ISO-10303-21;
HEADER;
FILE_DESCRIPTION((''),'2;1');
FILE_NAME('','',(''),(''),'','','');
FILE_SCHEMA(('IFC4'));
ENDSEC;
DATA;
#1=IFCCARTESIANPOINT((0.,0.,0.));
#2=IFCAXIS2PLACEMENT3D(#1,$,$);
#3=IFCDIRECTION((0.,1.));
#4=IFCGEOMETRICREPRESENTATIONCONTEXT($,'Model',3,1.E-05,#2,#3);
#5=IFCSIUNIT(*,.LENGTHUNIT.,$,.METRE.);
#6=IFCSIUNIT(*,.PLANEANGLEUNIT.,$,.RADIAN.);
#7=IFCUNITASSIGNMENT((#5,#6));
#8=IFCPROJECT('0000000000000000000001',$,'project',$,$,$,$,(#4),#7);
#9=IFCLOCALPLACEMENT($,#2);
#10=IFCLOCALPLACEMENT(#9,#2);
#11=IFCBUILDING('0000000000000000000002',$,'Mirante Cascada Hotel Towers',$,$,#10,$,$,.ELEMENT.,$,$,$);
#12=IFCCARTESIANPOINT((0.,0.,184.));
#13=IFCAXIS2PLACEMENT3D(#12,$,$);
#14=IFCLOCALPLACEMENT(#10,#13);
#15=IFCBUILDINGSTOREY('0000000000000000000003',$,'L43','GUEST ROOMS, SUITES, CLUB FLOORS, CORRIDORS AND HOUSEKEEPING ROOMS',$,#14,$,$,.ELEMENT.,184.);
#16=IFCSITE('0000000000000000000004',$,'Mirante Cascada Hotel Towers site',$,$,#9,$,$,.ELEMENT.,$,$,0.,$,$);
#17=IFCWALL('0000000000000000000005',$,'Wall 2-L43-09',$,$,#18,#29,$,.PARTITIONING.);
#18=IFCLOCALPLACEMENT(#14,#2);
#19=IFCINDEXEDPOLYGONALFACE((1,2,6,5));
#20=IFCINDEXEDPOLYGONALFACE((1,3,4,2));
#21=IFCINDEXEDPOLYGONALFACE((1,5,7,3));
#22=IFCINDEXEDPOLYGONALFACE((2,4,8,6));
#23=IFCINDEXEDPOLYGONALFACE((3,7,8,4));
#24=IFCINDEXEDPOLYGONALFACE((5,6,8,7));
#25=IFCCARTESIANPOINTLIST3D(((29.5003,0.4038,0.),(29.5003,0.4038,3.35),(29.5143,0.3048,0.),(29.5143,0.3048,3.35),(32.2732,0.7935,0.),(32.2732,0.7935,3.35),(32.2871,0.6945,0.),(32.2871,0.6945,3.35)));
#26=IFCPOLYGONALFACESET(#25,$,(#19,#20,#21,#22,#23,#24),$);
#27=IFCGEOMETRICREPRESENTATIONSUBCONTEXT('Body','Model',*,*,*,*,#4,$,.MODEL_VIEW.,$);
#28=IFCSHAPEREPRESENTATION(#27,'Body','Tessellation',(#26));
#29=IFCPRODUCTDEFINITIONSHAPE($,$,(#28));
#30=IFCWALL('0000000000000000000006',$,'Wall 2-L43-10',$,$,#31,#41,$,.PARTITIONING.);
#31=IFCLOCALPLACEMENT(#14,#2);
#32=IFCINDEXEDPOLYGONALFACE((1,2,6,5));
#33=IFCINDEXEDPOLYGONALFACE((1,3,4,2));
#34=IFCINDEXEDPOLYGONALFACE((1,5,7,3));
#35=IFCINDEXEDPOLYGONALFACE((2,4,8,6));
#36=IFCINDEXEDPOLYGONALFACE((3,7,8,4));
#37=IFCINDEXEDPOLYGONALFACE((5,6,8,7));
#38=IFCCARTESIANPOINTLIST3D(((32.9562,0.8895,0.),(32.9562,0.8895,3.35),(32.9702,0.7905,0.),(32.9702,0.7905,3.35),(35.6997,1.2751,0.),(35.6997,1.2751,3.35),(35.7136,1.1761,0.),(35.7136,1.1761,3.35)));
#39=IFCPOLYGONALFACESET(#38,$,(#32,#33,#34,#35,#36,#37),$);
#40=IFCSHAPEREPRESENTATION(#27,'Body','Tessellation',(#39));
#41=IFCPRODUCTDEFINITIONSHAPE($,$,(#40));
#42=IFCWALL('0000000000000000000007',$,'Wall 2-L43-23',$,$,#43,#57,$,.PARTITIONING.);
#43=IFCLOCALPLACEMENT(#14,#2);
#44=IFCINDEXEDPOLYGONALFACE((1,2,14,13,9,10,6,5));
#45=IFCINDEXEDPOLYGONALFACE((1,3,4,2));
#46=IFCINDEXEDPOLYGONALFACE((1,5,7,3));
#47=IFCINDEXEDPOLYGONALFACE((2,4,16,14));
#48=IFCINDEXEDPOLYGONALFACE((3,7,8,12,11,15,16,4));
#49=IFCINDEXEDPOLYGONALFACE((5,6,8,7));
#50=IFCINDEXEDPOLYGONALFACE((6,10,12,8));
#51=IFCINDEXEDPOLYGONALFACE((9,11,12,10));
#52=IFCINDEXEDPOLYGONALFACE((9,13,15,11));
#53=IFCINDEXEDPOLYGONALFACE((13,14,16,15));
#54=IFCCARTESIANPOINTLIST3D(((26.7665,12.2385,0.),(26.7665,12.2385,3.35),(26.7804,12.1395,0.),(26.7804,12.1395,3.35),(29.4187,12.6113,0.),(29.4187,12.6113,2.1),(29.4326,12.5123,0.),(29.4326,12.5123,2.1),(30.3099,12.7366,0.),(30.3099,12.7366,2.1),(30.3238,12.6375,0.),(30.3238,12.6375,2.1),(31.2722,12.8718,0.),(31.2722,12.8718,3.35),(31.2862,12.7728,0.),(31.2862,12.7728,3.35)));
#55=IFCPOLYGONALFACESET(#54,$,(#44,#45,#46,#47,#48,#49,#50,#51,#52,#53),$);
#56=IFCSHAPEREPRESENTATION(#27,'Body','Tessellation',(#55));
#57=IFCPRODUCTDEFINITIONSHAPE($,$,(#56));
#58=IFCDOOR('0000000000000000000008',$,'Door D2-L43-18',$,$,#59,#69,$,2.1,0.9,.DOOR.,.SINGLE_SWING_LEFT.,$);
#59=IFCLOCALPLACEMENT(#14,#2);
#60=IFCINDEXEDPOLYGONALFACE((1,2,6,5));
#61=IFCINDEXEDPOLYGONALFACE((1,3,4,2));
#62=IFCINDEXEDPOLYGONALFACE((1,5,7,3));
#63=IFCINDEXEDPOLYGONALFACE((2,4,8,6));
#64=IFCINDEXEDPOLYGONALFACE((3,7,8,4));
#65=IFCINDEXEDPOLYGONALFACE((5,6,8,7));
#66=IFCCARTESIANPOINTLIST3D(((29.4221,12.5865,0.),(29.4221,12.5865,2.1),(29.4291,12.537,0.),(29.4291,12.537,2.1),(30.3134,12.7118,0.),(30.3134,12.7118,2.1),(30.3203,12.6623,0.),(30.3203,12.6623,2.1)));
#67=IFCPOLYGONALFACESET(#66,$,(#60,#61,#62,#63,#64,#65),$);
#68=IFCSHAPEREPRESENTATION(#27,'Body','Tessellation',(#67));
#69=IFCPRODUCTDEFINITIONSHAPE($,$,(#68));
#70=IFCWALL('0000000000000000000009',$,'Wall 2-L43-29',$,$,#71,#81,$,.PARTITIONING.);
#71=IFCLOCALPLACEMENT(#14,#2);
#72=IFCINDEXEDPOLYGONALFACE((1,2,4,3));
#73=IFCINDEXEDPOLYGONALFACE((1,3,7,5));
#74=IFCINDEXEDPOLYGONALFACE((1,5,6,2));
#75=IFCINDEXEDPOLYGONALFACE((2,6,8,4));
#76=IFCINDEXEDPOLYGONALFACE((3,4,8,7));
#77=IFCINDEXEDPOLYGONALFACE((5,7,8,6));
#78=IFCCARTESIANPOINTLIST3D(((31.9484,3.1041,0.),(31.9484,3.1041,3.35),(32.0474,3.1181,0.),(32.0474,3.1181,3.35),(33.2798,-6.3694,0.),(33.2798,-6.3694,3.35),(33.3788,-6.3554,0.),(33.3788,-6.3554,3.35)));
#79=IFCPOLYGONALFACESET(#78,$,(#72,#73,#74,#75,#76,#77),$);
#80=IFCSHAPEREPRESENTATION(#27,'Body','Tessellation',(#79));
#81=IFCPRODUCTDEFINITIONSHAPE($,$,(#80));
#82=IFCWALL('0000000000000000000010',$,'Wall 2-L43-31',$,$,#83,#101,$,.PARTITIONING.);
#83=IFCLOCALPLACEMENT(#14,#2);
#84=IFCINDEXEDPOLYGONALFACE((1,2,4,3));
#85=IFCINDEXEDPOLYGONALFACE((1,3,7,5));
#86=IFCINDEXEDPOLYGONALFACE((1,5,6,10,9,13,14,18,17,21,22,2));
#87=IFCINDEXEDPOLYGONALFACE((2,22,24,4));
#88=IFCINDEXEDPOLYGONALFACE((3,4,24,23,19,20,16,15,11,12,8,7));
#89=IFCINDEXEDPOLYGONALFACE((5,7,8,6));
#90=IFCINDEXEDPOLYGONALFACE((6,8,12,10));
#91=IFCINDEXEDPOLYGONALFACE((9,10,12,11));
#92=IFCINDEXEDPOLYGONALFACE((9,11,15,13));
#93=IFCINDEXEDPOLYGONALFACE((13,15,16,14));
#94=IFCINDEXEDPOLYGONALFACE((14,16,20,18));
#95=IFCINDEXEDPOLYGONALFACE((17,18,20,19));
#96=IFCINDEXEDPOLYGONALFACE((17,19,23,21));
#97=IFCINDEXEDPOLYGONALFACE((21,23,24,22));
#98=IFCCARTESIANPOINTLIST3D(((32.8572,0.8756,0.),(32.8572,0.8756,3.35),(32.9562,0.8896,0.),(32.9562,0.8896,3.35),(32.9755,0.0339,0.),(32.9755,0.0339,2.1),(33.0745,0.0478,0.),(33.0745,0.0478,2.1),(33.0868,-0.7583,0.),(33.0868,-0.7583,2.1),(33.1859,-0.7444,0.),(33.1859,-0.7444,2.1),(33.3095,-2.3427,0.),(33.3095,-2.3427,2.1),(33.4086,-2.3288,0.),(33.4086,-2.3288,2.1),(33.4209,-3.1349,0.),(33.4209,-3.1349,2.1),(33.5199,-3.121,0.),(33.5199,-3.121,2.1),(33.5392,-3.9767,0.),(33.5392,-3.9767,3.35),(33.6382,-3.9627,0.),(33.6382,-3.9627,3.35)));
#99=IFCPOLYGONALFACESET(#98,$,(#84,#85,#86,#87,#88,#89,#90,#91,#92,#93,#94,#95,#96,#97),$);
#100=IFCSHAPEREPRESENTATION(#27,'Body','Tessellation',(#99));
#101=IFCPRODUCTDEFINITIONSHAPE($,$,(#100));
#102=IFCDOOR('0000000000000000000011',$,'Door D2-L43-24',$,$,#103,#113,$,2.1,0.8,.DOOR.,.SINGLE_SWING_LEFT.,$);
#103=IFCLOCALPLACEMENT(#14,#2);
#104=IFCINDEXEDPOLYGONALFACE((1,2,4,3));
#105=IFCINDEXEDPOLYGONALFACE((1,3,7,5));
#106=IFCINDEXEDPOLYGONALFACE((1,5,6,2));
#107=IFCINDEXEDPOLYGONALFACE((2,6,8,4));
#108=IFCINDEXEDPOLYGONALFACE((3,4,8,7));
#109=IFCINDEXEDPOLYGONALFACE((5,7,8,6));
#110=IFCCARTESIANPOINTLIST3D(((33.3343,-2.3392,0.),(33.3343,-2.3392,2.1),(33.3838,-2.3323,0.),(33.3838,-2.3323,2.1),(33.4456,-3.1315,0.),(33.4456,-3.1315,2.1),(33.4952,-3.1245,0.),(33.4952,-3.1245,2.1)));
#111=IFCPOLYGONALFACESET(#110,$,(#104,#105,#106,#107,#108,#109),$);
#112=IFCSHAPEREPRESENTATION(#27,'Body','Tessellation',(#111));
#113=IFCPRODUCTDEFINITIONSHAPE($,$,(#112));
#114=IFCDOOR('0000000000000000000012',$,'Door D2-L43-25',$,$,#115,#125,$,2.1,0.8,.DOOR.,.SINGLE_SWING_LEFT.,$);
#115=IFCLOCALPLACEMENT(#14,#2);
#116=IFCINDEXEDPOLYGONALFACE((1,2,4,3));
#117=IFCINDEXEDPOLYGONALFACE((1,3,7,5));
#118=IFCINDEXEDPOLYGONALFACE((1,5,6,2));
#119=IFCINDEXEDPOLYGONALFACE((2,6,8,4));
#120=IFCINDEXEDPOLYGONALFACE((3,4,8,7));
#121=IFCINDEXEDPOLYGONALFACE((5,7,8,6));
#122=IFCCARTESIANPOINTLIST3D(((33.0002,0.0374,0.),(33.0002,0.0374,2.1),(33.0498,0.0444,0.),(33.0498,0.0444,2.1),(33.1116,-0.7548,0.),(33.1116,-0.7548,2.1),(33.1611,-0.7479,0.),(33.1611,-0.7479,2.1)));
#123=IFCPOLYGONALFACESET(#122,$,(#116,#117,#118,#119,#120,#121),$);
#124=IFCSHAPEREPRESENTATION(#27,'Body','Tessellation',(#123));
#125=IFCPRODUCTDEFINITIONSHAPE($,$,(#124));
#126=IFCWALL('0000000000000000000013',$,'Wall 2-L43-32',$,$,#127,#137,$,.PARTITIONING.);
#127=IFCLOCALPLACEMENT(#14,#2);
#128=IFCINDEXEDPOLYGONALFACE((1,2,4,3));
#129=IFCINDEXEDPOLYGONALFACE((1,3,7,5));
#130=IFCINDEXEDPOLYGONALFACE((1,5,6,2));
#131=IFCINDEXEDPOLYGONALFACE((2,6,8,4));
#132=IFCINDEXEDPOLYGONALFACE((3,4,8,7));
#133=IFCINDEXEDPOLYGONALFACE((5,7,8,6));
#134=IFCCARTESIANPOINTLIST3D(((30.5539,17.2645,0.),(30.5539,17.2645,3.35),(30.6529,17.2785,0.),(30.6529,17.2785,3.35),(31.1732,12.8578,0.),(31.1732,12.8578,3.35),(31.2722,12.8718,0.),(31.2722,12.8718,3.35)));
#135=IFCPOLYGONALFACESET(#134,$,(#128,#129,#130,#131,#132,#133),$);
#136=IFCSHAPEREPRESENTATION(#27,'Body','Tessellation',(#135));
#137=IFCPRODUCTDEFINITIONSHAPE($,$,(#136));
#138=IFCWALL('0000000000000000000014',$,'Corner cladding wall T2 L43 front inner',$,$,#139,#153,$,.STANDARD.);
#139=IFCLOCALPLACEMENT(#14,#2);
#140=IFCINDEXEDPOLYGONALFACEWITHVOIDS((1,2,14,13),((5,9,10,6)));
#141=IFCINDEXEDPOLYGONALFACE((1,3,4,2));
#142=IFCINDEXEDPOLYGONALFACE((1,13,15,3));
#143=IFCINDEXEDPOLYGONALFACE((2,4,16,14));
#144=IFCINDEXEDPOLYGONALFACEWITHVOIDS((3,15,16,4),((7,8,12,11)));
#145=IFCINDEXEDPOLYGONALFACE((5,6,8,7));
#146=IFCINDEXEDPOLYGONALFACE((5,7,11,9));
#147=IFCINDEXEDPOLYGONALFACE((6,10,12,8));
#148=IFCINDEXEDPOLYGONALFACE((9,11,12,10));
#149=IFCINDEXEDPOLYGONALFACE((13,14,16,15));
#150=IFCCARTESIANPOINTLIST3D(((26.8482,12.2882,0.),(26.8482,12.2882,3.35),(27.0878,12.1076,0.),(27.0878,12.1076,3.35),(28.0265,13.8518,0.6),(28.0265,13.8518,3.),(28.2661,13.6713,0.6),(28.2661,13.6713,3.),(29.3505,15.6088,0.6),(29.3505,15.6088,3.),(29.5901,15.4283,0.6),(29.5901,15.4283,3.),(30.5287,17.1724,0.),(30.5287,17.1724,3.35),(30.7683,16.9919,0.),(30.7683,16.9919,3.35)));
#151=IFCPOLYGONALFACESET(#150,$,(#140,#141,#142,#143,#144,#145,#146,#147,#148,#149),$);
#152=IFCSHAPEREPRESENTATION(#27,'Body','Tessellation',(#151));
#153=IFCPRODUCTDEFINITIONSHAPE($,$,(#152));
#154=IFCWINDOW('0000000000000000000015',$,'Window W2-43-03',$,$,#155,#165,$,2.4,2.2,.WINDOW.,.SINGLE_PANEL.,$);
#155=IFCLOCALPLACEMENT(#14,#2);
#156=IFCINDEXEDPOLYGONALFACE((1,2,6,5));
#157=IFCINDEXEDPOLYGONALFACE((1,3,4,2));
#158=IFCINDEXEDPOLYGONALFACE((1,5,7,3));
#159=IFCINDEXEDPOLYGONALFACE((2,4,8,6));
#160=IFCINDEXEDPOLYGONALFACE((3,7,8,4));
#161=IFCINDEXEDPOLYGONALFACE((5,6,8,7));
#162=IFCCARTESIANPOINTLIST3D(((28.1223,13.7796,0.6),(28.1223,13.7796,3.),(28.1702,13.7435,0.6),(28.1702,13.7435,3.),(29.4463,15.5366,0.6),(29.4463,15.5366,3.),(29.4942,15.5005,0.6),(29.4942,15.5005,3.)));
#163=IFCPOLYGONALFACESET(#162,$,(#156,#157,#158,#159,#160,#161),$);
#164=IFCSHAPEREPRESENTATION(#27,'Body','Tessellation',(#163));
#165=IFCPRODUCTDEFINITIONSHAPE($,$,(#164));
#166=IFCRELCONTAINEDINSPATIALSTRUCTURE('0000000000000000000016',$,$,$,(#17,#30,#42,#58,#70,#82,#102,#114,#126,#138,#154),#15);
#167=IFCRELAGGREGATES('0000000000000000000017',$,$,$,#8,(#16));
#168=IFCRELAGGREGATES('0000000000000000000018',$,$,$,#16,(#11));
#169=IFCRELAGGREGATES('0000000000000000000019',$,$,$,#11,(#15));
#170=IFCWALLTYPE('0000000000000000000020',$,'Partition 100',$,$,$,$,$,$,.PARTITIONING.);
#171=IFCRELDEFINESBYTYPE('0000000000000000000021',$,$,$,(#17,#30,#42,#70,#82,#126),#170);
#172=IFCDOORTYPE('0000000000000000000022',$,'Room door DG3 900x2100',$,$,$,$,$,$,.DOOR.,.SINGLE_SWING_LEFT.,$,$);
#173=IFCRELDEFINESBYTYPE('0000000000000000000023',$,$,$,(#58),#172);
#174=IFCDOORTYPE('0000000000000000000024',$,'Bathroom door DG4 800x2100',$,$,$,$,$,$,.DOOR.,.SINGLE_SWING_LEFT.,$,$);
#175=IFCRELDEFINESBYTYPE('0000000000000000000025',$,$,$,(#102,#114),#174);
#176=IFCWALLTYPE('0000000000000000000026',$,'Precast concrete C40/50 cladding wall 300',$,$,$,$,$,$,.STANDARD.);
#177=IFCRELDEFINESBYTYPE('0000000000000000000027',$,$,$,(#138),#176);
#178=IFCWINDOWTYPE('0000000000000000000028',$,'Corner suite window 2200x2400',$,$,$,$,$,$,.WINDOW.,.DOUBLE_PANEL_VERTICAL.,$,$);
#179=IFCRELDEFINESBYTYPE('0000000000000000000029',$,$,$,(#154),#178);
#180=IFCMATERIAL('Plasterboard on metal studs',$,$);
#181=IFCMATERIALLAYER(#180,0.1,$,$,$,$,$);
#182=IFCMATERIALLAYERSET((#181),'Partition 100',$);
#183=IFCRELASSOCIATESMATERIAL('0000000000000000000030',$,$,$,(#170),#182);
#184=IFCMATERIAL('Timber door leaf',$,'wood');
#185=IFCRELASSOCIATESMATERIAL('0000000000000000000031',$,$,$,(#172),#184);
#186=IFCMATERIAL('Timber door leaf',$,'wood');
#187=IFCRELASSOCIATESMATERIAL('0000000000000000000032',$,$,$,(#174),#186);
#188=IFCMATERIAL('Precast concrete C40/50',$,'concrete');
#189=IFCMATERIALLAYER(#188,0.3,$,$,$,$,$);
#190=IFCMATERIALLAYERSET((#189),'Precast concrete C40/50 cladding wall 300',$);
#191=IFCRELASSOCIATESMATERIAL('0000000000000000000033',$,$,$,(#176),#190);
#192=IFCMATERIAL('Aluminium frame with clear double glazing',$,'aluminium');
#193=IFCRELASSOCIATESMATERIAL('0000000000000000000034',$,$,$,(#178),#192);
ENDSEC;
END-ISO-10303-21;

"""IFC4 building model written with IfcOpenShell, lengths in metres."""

from ifc_helpers import new_model, si_unit, direction, frame, frame_2d, origin, place, context, subcontext, project, spatial, rectangle, extrude, material, layer, layer_set, type_object, element, fill, save


model = new_model("IFC4")

# Units and contexts
model_context = context("Model", 3, precision=1e-05, world=origin(), true_north=direction((0.0, 1.0)))
body_context = subcontext(model_context, "Body", "Model", "MODEL_VIEW")
ifc_project = project(units=[si_unit("LENGTHUNIT", "METRE"), si_unit("PLANEANGLEUNIT", "RADIAN")], contexts=[model_context])

# Site, building, storey
site_placement = place(None, origin())
site = spatial("IfcSite", under=ifc_project, at=site_placement, Name="Mirante Cascada Hotel Towers site", CompositionType="ELEMENT", RefElevation=0.0)
building_placement = place(site_placement, origin())
building = spatial("IfcBuilding", under=site, at=building_placement, Name="Mirante Cascada Hotel Towers", CompositionType="ELEMENT")
storey_placement = place(building_placement, frame((0.0, 0.0, 184.0)))
storey = spatial("IfcBuildingStorey", under=building, at=storey_placement, Name="L43", Description="GUEST ROOMS, SUITES, CLUB FLOORS, CORRIDORS AND HOUSEKEEPING ROOMS", CompositionType="ELEMENT", Elevation=184.0)

# Walls
ifc_material_1 = material(Name="Plasterboard on metal studs")
ifc_layer_1 = layer(ifc_material_1, 0.1)
ifc_layer_set_1 = layer_set([ifc_layer_1], Name="Partition 100")
wall_type_1 = type_object("IfcWallType", Name="Partition 100", PredefinedType="PARTITIONING", material=ifc_layer_set_1)
wall_1_placement = place(storey_placement, frame((32.2801, 0.744, 0.0), z_axis=(0.0, 0.0, 1.0), x_axis=(-0.990268, -0.139176, 0.0)))
element("IfcWall", 1, at=wall_1_placement, inside=storey, type_object=wall_type_1, Name="Wall 2-L43-09", PredefinedType="PARTITIONING", context=body_context, shape_type="SweptSolid", body=[
    extrude(rectangle(XDim=2.8001, YDim=0.1, at=frame_2d((1.4, 0.0))), origin(), (0.0, 0.0, 1.0), 3.35),
])
wall_2_placement = place(storey_placement, frame((32.9632, 0.84, 0.0), z_axis=(0.0, 0.0, 1.0), x_axis=(0.990266, 0.139187, 0.0)))
element("IfcWall", 2, at=wall_2_placement, inside=storey, type_object=wall_type_1, Name="Wall 2-L43-10", PredefinedType="PARTITIONING", context=body_context, shape_type="SweptSolid", body=[
    extrude(rectangle(XDim=2.7704, YDim=0.1, at=frame_2d((1.3852, 0.0))), origin(), (0.0, 0.0, 1.0), 3.35),
])

# Wall, opening, door
wall_3_placement = place(storey_placement, frame((31.2792, 12.8223, 0.0), z_axis=(0.0, 0.0, 1.0), x_axis=(-0.990266, -0.139187, 0.0)))
wall_3 = element("IfcWall", 3, at=wall_3_placement, inside=storey, type_object=wall_type_1, Name="Wall 2-L43-23", PredefinedType="PARTITIONING", context=body_context, shape_type="SweptSolid", body=[
    extrude(rectangle(XDim=4.55, YDim=0.1, at=frame_2d((2.275, 0.0))), origin(), (0.0, 0.0, 1.0), 3.35),
])
opening_1_placement = place(wall_3_placement, frame((0.9718, 0.0, 0.0)))
opening_1 = element("IfcOpeningElement", 4, at=opening_1_placement, cuts=wall_3, PredefinedType="OPENING", context=body_context, shape_type="SweptSolid", body=[
    extrude(rectangle(XDim=0.9, YDim=2.1, at=frame_2d((0.45, 1.05))), frame((0.0, 0.05, 0.0), z_axis=(0.0, -1.0, 0.0), x_axis=(1.0, 0.0, 0.0)), (0.0, 0.0, 1.0), 0.1),
])
ifc_material_2 = material(Name="Timber door leaf", Category="wood")
door_type_1 = type_object("IfcDoorType", Name="Room door DG3 900x2100", OperationType="SINGLE_SWING_LEFT", PredefinedType="DOOR", material=ifc_material_2)
door_1_placement = place(opening_1_placement, origin())
door_1 = element("IfcDoor", 5, at=door_1_placement, inside=storey, type_object=door_type_1, Name="Door D2-L43-18", OperationType="SINGLE_SWING_LEFT", OverallHeight=2.1, OverallWidth=0.9, PredefinedType="DOOR", context=body_context, shape_type="SweptSolid", body=[
    extrude(rectangle(XDim=0.9, YDim=2.1, at=frame_2d((0.45, 1.05))), frame((0.0, 0.025, 0.0), z_axis=(0.0, -1.0, 0.0), x_axis=(1.0, 0.0, 0.0)), (0.0, 0.0, 1.0), 0.05),
])
fill(opening_1, door_1)

# Wall
wall_4_placement = place(storey_placement, frame((31.9979, 3.1111, 0.0), z_axis=(0.0, 0.0, 1.0), x_axis=(0.139172, -0.990268, 0.0)))
element("IfcWall", 6, at=wall_4_placement, inside=storey, type_object=wall_type_1, Name="Wall 2-L43-29", PredefinedType="PARTITIONING", context=body_context, shape_type="SweptSolid", body=[
    extrude(rectangle(XDim=9.5666, YDim=0.1, at=frame_2d((4.7833, 0.0))), origin(), (0.0, 0.0, 1.0), 3.35),
])

# Wall, openings, doors
wall_5_placement = place(storey_placement, frame((32.9067, 0.8826, 0.0), z_axis=(0.0, 0.0, 1.0), x_axis=(0.139184, -0.990267, 0.0)))
wall_5 = element("IfcWall", 7, at=wall_5_placement, inside=storey, type_object=wall_type_1, Name="Wall 2-L43-31", PredefinedType="PARTITIONING", context=body_context, shape_type="SweptSolid", body=[
    extrude(rectangle(XDim=4.9, YDim=0.1, at=frame_2d((2.45, 0.0))), origin(), (0.0, 0.0, 1.0), 3.35),
])
opening_2_placement = place(wall_5_placement, frame((3.25, 0.0, 0.0)))
opening_2 = element("IfcOpeningElement", 8, at=opening_2_placement, cuts=wall_5, PredefinedType="OPENING", context=body_context, shape_type="SweptSolid", body=[
    extrude(rectangle(XDim=0.8, YDim=2.1, at=frame_2d((0.4, 1.05))), frame((0.0, 0.05, 0.0), z_axis=(0.0, -1.0, 0.0), x_axis=(1.0, 0.0, 0.0)), (0.0, 0.0, 1.0), 0.1),
])
opening_3_placement = place(wall_5_placement, frame((0.85, 0.0, 0.0)))
opening_3 = element("IfcOpeningElement", 9, at=opening_3_placement, cuts=wall_5, PredefinedType="OPENING", context=body_context, shape_type="SweptSolid", body=[
    extrude(rectangle(XDim=0.8, YDim=2.1, at=frame_2d((0.4, 1.05))), frame((0.0, 0.05, 0.0), z_axis=(0.0, -1.0, 0.0), x_axis=(1.0, 0.0, 0.0)), (0.0, 0.0, 1.0), 0.1),
])
ifc_material_3 = material(Name="Timber door leaf", Category="wood")
door_type_2 = type_object("IfcDoorType", Name="Bathroom door DG4 800x2100", OperationType="SINGLE_SWING_LEFT", PredefinedType="DOOR", material=ifc_material_3)
door_2_placement = place(opening_2_placement, origin())
door_2 = element("IfcDoor", 10, at=door_2_placement, inside=storey, type_object=door_type_2, Name="Door D2-L43-24", OperationType="SINGLE_SWING_LEFT", OverallHeight=2.1, OverallWidth=0.8, PredefinedType="DOOR", context=body_context, shape_type="SweptSolid", body=[
    extrude(rectangle(XDim=0.8, YDim=2.1, at=frame_2d((0.4, 1.05))), frame((0.0, 0.025, 0.0), z_axis=(0.0, -1.0, 0.0), x_axis=(1.0, 0.0, 0.0)), (0.0, 0.0, 1.0), 0.05),
])
fill(opening_2, door_2)
door_3_placement = place(opening_3_placement, origin())
door_3 = element("IfcDoor", 11, at=door_3_placement, inside=storey, type_object=door_type_2, Name="Door D2-L43-25", OperationType="SINGLE_SWING_LEFT", OverallHeight=2.1, OverallWidth=0.8, PredefinedType="DOOR", context=body_context, shape_type="SweptSolid", body=[
    extrude(rectangle(XDim=0.8, YDim=2.1, at=frame_2d((0.4, 1.05))), frame((0.0, 0.025, 0.0), z_axis=(0.0, -1.0, 0.0), x_axis=(1.0, 0.0, 0.0)), (0.0, 0.0, 1.0), 0.05),
])
fill(opening_3, door_3)

# Wall
wall_6_placement = place(storey_placement, frame((31.2227, 12.8648, 0.0), z_axis=(0.0, 0.0, 1.0), x_axis=(-0.139168, 0.990269, 0.0)))
element("IfcWall", 12, at=wall_6_placement, inside=storey, type_object=wall_type_1, Name="Wall 2-L43-32", PredefinedType="PARTITIONING", context=body_context, shape_type="SweptSolid", body=[
    extrude(rectangle(XDim=4.45, YDim=0.1, at=frame_2d((2.225, 0.0))), origin(), (0.0, 0.0, 1.0), 3.35),
])

# Wall, opening, window
ifc_material_4 = material(Name="Precast concrete C40/50", Category="concrete")
ifc_layer_2 = layer(ifc_material_4, 0.3)
ifc_layer_set_2 = layer_set([ifc_layer_2], Name="Precast concrete C40/50 cladding wall 300")
wall_type_2 = type_object("IfcWallType", Name="Precast concrete C40/50 cladding wall 300", PredefinedType="STANDARD", material=ifc_layer_set_2)
wall_7_placement = place(storey_placement, frame((30.6485, 17.0821, 0.0), z_axis=(0.0, 0.0, 1.0), x_axis=(-0.601814, -0.798636, 0.0)))
wall_7 = element("IfcWall", 13, at=wall_7_placement, inside=storey, type_object=wall_type_2, Name="Corner cladding wall T2 L43 front inner", PredefinedType="STANDARD", context=body_context, shape_type="SweptSolid", body=[
    extrude(rectangle(XDim=6.1157, YDim=0.3, at=frame_2d((3.0578, 0.0))), origin(), (0.0, 0.0, 1.0), 3.35),
])
opening_4_placement = place(wall_7_placement, frame((1.9578, 0.0, 0.6)))
opening_4 = element("IfcOpeningElement", 14, at=opening_4_placement, cuts=wall_7, PredefinedType="OPENING", context=body_context, shape_type="SweptSolid", body=[
    extrude(rectangle(XDim=2.2, YDim=2.4, at=frame_2d((1.1, 1.2))), frame((0.0, 0.15, 0.0), z_axis=(0.0, -1.0, 0.0), x_axis=(1.0, 0.0, 0.0)), (0.0, 0.0, 1.0), 0.3),
])
ifc_material_5 = material(Name="Aluminium frame with clear double glazing", Category="aluminium")
window_type = type_object("IfcWindowType", Name="Corner suite window 2200x2400", PartitioningType="DOUBLE_PANEL_VERTICAL", PredefinedType="WINDOW", material=ifc_material_5)
window_placement = place(opening_4_placement, origin())
window = element("IfcWindow", 15, at=window_placement, inside=storey, type_object=window_type, Name="Window W2-43-03", OverallHeight=2.4, OverallWidth=2.2, PartitioningType="SINGLE_PANEL", PredefinedType="WINDOW", context=body_context, shape_type="SweptSolid", body=[
    extrude(rectangle(XDim=2.2, YDim=2.4, at=frame_2d((1.1, 1.2))), frame((0.0, 0.03, 0.0), z_axis=(0.0, -1.0, 0.0), x_axis=(1.0, 0.0, 0.0)), (0.0, 0.0, 1.0), 0.06),
])
fill(opening_4, window)

save(model, "model.ifc")
